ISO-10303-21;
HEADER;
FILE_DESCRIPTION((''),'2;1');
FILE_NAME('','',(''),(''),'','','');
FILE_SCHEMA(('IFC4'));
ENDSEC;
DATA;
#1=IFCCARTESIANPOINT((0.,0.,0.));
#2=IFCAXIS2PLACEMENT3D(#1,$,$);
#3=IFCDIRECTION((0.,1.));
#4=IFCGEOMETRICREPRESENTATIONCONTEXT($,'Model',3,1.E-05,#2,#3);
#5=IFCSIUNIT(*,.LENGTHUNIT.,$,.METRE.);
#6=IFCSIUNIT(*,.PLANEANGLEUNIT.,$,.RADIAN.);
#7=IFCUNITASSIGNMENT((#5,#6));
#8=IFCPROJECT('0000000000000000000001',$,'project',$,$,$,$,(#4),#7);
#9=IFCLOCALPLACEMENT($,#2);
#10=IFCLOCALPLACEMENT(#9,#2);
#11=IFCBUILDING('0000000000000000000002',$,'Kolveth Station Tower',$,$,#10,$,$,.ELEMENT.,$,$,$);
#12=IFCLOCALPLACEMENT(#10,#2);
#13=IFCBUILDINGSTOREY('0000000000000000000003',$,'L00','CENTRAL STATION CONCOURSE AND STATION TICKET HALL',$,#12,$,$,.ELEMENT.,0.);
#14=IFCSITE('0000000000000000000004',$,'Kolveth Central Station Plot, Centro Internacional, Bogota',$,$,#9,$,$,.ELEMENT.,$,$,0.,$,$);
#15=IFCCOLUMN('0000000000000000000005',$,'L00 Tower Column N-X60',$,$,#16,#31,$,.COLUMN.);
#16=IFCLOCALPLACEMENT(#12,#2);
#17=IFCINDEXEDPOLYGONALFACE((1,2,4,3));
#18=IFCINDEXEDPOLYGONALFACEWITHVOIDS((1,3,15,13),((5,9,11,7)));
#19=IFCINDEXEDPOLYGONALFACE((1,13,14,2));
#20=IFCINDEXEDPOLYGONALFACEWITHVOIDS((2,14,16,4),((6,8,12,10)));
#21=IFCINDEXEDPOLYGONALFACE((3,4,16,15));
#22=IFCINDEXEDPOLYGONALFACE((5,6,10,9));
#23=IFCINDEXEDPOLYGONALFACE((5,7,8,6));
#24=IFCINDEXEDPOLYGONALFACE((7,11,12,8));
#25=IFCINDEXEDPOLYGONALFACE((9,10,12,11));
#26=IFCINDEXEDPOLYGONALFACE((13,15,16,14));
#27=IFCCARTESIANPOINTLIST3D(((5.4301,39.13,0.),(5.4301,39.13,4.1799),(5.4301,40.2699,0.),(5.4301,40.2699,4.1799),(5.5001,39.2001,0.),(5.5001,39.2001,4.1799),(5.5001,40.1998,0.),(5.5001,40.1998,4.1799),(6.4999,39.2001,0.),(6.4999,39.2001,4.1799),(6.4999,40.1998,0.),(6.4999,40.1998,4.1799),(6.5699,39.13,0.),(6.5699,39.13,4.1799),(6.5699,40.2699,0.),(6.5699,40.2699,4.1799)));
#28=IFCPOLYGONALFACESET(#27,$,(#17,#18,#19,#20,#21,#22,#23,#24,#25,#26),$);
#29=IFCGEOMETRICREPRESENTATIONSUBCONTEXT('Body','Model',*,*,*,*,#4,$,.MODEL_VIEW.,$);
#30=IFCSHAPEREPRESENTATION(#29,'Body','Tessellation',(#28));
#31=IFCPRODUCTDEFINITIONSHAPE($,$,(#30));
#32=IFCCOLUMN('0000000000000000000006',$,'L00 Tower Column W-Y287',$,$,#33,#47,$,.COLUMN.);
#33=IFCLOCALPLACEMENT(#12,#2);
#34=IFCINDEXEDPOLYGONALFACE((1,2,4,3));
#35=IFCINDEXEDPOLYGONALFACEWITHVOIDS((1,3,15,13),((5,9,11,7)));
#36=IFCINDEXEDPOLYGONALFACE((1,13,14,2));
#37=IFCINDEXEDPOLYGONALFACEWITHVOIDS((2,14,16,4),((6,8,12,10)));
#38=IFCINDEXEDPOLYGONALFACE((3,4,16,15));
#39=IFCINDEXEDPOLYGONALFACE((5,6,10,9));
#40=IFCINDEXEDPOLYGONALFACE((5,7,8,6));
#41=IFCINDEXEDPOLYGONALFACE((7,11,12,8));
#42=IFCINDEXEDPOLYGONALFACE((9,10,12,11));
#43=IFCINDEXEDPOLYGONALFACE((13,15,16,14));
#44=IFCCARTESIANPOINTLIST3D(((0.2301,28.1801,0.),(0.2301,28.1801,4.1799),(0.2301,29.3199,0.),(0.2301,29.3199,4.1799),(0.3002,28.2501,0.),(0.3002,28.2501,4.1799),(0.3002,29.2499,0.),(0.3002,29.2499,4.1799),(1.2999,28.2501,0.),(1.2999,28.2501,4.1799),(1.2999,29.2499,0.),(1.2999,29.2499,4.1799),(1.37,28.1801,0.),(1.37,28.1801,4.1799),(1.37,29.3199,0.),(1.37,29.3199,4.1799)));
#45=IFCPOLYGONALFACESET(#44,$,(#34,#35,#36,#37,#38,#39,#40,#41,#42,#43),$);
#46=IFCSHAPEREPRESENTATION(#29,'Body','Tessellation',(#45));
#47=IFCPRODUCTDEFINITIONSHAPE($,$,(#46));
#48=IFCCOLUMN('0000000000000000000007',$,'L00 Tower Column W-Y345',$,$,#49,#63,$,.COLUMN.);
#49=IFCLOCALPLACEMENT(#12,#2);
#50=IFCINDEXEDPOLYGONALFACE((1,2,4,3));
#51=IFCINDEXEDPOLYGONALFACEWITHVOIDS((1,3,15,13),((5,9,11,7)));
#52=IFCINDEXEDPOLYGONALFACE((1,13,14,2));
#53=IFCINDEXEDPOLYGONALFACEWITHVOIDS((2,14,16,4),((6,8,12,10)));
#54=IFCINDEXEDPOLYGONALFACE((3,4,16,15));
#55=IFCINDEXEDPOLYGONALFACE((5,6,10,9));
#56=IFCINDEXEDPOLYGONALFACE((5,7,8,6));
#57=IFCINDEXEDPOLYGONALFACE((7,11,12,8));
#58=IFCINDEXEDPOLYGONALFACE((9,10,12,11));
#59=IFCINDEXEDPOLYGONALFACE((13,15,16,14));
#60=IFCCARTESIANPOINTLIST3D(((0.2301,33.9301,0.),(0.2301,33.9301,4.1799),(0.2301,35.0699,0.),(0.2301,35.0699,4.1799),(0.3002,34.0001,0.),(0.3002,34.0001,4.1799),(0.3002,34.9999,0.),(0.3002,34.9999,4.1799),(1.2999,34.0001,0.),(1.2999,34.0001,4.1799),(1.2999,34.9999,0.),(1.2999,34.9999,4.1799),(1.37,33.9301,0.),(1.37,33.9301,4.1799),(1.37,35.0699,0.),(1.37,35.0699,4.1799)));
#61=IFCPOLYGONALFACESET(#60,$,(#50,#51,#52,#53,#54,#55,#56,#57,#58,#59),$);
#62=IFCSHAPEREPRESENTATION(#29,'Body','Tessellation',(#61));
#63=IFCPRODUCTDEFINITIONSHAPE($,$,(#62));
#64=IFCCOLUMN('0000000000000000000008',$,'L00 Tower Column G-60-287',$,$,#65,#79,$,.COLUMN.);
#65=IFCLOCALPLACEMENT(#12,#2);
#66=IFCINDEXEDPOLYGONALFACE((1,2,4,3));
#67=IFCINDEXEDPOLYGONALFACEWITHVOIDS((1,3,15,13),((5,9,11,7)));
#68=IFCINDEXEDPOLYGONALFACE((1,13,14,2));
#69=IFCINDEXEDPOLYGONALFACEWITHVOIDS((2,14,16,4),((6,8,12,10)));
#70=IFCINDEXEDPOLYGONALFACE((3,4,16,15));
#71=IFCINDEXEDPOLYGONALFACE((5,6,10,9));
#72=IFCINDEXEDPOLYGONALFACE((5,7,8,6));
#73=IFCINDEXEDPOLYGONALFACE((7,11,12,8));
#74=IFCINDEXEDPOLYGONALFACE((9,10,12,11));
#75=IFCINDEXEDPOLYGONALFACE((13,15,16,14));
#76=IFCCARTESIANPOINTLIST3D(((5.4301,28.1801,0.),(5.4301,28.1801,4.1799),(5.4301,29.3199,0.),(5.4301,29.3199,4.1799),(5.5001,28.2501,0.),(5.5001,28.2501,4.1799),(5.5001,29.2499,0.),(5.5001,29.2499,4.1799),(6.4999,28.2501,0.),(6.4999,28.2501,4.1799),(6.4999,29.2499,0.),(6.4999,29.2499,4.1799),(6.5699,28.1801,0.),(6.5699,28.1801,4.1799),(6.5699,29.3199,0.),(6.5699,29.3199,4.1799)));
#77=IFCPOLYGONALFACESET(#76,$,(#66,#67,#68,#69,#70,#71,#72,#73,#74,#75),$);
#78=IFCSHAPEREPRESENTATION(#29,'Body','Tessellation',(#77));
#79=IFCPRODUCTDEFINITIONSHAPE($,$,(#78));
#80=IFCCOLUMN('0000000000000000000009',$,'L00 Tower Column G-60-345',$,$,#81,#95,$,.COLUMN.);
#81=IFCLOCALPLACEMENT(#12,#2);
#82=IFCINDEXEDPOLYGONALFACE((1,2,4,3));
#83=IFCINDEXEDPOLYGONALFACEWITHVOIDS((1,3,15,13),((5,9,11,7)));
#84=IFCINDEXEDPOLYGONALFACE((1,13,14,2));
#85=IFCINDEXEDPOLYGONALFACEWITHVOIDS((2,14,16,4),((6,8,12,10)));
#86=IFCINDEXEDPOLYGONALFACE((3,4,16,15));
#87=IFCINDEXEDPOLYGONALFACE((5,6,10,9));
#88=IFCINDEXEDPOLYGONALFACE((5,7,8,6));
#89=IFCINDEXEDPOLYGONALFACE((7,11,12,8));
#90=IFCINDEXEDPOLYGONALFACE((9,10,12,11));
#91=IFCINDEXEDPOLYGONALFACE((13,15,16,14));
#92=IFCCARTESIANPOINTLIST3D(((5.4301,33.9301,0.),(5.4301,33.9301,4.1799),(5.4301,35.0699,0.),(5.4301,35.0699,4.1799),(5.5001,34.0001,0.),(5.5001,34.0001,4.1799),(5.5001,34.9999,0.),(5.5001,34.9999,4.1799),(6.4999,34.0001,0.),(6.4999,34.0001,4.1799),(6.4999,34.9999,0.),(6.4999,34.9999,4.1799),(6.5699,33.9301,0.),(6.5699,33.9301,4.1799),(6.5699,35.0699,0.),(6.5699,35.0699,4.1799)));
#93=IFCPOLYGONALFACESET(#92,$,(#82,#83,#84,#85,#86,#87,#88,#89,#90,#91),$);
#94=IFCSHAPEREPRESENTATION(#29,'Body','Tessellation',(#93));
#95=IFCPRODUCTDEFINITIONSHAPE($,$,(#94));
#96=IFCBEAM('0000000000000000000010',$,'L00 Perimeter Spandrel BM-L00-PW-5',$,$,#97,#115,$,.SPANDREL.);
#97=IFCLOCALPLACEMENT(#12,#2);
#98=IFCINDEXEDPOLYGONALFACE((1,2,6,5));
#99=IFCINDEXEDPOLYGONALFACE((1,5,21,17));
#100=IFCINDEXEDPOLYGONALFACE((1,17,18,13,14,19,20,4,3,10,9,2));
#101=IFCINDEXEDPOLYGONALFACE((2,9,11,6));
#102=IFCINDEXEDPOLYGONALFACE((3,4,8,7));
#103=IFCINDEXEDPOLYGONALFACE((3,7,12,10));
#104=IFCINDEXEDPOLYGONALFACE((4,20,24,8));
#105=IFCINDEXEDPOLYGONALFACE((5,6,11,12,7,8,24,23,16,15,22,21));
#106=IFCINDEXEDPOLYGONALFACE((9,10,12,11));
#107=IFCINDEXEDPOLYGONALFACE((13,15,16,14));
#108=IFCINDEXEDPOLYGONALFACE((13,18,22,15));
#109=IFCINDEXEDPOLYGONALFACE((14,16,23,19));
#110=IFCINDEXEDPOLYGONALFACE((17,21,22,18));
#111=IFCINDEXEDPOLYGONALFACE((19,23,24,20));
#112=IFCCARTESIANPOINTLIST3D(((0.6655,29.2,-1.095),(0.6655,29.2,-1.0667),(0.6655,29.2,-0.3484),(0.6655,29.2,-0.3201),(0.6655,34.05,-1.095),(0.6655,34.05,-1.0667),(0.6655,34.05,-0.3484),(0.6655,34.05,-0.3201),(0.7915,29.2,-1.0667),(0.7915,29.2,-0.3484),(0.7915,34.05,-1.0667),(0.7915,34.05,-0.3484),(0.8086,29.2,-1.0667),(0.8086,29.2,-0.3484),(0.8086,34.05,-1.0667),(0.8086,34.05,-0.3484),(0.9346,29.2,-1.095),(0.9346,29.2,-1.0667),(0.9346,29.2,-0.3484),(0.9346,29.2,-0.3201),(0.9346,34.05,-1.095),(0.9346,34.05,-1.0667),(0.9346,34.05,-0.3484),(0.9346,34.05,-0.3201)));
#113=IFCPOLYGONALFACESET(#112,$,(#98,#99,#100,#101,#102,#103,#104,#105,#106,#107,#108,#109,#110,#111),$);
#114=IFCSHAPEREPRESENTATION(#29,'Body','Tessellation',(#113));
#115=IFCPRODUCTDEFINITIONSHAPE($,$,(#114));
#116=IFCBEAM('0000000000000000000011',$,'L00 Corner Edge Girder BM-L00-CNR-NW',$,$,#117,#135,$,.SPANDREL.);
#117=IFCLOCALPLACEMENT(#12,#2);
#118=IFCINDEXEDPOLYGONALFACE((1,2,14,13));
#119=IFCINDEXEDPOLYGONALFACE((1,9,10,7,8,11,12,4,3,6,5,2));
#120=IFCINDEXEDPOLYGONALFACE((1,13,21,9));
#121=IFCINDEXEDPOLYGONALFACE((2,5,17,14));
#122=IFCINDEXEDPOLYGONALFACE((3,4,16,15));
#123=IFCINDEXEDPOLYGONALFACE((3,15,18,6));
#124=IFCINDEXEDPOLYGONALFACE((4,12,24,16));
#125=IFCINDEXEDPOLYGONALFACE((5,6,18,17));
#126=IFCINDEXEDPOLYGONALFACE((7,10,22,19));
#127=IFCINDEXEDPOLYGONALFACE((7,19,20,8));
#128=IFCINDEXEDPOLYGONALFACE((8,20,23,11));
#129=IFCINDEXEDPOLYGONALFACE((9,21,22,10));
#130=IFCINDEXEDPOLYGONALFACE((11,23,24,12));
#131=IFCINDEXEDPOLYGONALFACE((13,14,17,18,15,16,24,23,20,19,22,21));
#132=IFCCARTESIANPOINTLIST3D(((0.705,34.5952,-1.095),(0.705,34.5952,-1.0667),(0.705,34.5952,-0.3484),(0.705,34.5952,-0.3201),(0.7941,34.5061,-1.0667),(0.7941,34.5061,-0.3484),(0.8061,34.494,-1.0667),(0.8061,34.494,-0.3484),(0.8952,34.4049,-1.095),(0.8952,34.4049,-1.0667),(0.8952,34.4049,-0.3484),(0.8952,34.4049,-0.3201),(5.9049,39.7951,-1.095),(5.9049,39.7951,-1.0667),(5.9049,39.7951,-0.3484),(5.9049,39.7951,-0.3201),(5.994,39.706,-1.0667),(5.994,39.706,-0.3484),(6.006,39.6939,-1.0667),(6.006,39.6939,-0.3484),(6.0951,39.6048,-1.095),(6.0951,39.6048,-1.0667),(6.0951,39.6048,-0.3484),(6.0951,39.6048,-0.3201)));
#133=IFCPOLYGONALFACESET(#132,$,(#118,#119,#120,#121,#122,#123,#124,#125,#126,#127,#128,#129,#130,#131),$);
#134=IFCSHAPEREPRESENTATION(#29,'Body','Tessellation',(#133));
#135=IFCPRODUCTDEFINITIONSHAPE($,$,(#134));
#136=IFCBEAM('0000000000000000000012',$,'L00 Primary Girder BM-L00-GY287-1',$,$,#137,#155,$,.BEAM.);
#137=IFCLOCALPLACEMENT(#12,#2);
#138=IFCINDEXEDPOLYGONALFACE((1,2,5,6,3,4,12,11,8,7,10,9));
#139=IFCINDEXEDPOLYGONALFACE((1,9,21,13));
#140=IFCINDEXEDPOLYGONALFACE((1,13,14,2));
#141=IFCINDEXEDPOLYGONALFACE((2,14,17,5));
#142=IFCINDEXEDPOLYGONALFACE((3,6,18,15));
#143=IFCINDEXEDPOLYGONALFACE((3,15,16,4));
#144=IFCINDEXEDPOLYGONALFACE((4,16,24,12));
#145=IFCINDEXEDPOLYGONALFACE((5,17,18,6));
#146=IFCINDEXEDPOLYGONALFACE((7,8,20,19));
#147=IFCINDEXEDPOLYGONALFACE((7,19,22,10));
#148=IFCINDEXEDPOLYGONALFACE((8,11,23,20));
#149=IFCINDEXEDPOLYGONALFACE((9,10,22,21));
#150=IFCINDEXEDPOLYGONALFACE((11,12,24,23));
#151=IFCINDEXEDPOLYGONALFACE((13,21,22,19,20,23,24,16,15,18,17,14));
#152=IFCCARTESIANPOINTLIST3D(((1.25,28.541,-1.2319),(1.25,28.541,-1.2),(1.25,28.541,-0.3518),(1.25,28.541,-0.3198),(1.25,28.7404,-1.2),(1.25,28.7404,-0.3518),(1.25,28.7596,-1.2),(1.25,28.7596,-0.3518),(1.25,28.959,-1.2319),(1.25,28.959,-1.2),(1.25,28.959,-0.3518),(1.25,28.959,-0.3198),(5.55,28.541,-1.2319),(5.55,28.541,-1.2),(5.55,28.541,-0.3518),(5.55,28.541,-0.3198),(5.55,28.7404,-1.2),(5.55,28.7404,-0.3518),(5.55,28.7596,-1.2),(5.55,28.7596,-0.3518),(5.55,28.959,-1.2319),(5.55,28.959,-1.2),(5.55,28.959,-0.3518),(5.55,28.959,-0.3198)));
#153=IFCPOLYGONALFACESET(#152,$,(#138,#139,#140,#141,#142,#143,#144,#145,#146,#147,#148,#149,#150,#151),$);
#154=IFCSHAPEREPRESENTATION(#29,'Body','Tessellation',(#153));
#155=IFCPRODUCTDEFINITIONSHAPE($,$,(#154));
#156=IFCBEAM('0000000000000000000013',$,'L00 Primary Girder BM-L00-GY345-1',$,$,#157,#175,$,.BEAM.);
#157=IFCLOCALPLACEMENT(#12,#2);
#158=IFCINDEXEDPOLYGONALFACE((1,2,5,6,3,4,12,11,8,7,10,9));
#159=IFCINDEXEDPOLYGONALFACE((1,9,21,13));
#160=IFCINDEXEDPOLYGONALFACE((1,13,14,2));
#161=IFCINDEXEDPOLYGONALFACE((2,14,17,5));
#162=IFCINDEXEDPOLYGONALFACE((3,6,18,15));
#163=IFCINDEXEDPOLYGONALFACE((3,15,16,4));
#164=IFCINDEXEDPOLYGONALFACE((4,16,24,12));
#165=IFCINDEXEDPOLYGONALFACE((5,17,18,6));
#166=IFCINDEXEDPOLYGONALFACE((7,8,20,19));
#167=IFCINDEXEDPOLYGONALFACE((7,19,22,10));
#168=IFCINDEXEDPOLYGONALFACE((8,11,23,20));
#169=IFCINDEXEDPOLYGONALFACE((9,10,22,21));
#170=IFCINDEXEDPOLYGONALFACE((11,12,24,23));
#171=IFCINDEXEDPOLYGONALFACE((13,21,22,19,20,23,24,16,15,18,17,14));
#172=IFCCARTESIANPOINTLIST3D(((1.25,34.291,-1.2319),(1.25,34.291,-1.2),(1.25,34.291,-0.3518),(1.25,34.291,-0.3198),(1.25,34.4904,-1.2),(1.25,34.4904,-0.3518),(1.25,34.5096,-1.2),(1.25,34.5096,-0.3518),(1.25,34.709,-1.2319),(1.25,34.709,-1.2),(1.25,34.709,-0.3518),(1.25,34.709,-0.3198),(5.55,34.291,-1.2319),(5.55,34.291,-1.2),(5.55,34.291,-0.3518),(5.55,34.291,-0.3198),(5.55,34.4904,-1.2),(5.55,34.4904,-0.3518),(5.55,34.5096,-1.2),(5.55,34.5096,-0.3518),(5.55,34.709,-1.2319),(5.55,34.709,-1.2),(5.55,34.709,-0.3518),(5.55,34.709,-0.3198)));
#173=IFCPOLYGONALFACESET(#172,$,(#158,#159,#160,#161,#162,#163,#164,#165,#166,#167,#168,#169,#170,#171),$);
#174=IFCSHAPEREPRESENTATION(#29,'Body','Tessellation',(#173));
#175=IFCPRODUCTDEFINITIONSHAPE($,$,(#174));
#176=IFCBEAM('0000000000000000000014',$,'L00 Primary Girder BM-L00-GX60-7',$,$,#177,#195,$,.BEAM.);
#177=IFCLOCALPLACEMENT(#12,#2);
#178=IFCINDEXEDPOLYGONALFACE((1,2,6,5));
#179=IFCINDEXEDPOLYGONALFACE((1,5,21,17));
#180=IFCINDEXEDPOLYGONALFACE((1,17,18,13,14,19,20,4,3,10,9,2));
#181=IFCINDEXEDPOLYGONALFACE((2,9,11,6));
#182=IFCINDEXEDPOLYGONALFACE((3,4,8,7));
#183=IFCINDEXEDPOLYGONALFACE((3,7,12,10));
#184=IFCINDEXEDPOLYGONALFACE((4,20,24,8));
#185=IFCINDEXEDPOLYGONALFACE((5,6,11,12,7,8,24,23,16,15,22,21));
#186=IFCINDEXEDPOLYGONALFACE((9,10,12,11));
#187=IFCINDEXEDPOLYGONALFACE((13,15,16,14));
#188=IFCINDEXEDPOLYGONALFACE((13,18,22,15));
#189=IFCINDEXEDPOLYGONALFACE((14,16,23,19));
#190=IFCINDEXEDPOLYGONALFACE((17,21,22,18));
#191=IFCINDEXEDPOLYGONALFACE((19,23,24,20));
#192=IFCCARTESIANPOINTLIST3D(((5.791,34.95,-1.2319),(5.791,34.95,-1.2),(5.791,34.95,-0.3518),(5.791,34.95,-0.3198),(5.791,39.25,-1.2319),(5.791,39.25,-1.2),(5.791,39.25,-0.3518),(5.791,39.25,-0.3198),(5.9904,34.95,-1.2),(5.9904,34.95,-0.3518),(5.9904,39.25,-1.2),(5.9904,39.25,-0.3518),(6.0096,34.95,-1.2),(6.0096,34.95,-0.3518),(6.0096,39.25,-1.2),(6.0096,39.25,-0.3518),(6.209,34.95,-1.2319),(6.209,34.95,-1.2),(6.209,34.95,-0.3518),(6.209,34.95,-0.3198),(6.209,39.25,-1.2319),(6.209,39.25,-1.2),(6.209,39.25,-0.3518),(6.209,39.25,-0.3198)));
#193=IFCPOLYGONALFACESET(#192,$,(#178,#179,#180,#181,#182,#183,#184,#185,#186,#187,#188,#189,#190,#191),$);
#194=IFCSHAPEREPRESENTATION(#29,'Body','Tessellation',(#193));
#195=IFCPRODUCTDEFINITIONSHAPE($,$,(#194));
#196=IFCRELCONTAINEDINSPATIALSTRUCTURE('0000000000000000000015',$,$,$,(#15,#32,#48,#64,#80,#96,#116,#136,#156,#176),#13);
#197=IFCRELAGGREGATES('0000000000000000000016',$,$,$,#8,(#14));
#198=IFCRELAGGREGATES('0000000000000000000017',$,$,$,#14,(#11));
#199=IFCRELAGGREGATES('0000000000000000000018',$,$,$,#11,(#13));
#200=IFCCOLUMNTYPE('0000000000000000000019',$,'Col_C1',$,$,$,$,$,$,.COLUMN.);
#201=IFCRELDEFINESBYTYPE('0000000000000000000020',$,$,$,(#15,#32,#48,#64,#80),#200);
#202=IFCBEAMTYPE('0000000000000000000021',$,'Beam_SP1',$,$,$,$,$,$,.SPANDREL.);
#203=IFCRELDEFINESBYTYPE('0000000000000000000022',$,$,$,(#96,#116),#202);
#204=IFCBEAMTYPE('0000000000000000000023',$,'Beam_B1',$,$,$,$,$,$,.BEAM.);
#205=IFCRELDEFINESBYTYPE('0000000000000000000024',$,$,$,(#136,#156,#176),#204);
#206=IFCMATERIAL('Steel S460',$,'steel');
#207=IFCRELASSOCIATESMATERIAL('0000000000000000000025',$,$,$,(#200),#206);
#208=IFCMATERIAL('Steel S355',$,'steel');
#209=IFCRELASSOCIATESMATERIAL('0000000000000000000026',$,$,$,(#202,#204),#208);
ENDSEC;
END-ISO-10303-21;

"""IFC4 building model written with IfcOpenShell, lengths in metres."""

from ifc_helpers import new_model, si_unit, direction, frame, origin, origin_2d, place, context, subcontext, project, spatial, hollow_rectangle, i_section, extrude, source, transform, mapped, material, material_profile, profile_set, type_object, element, save


model = new_model("IFC4")

# Units and contexts
model_context = context("Model", 3, precision=1e-05, world=origin(), true_north=direction((0.0, 1.0)))
body_context = subcontext(model_context, "Body", "Model", "MODEL_VIEW")
ifc_project = project(units=[si_unit("LENGTHUNIT", "METRE"), si_unit("PLANEANGLEUNIT", "RADIAN")], contexts=[model_context])

# Site, building, storey
site_placement = place(None, origin())
site = spatial("IfcSite", under=ifc_project, at=site_placement, Name="Kolveth Central Station Plot, Centro Internacional, Bogota", CompositionType="ELEMENT", RefElevation=0.0)
building_placement = place(site_placement, origin())
building = spatial("IfcBuilding", under=site, at=building_placement, Name="Kolveth Station Tower", CompositionType="ELEMENT")
storey_placement = place(building_placement, origin())
storey = spatial("IfcBuildingStorey", under=building, at=storey_placement, Name="L00", Description="CENTRAL STATION CONCOURSE AND STATION TICKET HALL", CompositionType="ELEMENT", Elevation=0.0)

# Columns
ifc_material_1 = material(Name="Steel S460", Category="steel")
ifc_material_profile_1 = material_profile(ifc_material_1, hollow_rectangle(XDim=1.1399, YDim=1.1399, WallThickness=0.0701, at=origin_2d()), Name="BOX1140x1140x70")
ifc_profile_set_1 = profile_set([ifc_material_profile_1], Name="Steel S460")
column_type = type_object("IfcColumnType", Name="Col_C1", PredefinedType="COLUMN", material=ifc_profile_set_1)
shared_shape_1 = source(origin(), body_context, "Body", "SweptSolid", [
    extrude(hollow_rectangle(XDim=1.1399, YDim=1.1399, WallThickness=0.0701, at=origin_2d()), origin(), (0.0, 0.0, 1.0), 4.1799),
])
for number, where, z_axis, x_axis, name in (
    (1, (6.0, 39.7, 0.0), (0.0, 0.0, 1.0), (1.0, 0.0, 0.0), "L00 Tower Column N-X60"),
    (2, (0.8, 28.75, 0.0), (0.0, 0.0, 1.0), (1.0, 0.0, 0.0), "L00 Tower Column W-Y287"),
    (3, (0.8, 34.5, 0.0), (0.0, 0.0, 1.0), (1.0, 0.0, 0.0), "L00 Tower Column W-Y345"),
    (4, (6.0, 28.75, 0.0), (0.0, 0.0, 1.0), (1.0, 0.0, 0.0), "L00 Tower Column G-60-287"),
    (5, (6.0, 34.5, 0.0), (0.0, 0.0, 1.0), (1.0, 0.0, 0.0), "L00 Tower Column G-60-345"),
):
    element("IfcColumn", number, at=place(storey_placement, frame(where, z_axis=z_axis, x_axis=x_axis)), inside=storey, type_object=column_type, Name=name, PredefinedType="COLUMN", context=body_context, shape_type="MappedRepresentation", body=[
        mapped(shared_shape_1, transform((0.0, 0.0, 0.0), x_axis=(1.0, 0.0, 0.0), y_axis=(0.0, 1.0, 0.0), z_axis=(0.0, 0.0, 1.0), scale=1.0)),
    ])

# Beams
ifc_material_2 = material(Name="Steel S355", Category="steel")
ifc_material_profile_2 = material_profile(ifc_material_2, i_section(OverallWidth=0.269, OverallDepth=0.7749, WebThickness=0.0171, FlangeThickness=0.0283, at=origin_2d()), Name="W760x220")
ifc_profile_set_2 = profile_set([ifc_material_profile_2], Name="Steel S355")
beam_type_1 = type_object("IfcBeamType", Name="Beam_SP1", PredefinedType="SPANDREL", material=ifc_profile_set_2)
shared_shape_2 = source(origin(), body_context, "Body", "SweptSolid", [
    extrude(i_section(OverallWidth=0.269, OverallDepth=0.7749, WebThickness=0.0171, FlangeThickness=0.0283, at=origin_2d()), origin(), (0.0, 0.0, 1.0), 4.8501),
])
beam_1_placement = place(storey_placement, frame((0.8, 29.2, -0.7075), z_axis=(0.0, 1.0, 0.0), x_axis=(-1.0, 0.0, 0.0)))
element("IfcBeam", 6, at=beam_1_placement, inside=storey, type_object=beam_type_1, Name="L00 Perimeter Spandrel BM-L00-PW-5", PredefinedType="SPANDREL", context=body_context, shape_type="MappedRepresentation", body=[
    mapped(shared_shape_2, transform((0.0, 0.0, 0.0), x_axis=(1.0, 0.0, 0.0), y_axis=(0.0, 1.0, 0.0), z_axis=(0.0, 0.0, 1.0), scale=1.0)),
])
shared_shape_3 = source(origin(), body_context, "Body", "SweptSolid", [
    extrude(i_section(OverallWidth=0.269, OverallDepth=0.7749, WebThickness=0.0171, FlangeThickness=0.0283, at=origin_2d()), origin(), (0.0, 0.0, 1.0), 7.3538),
])
beam_2_placement = place(storey_placement, frame((6.0, 39.7, -0.7075), z_axis=(-0.707107, -0.707107, 0.0), x_axis=(0.707107, -0.707107, 0.0)))
element("IfcBeam", 7, at=beam_2_placement, inside=storey, type_object=beam_type_1, Name="L00 Corner Edge Girder BM-L00-CNR-NW", PredefinedType="SPANDREL", context=body_context, shape_type="MappedRepresentation", body=[
    mapped(shared_shape_3, transform((0.0, 0.0, 0.0), x_axis=(1.0, 0.0, 0.0), y_axis=(0.0, 1.0, 0.0), z_axis=(0.0, 0.0, 1.0), scale=1.0)),
])
ifc_material_profile_3 = material_profile(ifc_material_2, i_section(OverallWidth=0.418, OverallDepth=0.9121, WebThickness=0.0193, FlangeThickness=0.032, at=origin_2d()), Name="W920x342")
ifc_profile_set_3 = profile_set([ifc_material_profile_3], Name="Steel S355")
beam_type_2 = type_object("IfcBeamType", Name="Beam_B1", PredefinedType="BEAM", material=ifc_profile_set_3)
shared_shape_4 = source(origin(), body_context, "Body", "SweptSolid", [
    extrude(i_section(OverallWidth=0.418, OverallDepth=0.9121, WebThickness=0.0193, FlangeThickness=0.032, at=origin_2d()), origin(), (0.0, 0.0, 1.0), 4.3),
])
for number, where, z_axis, x_axis, name in (
    (8, (1.25, 28.75, -0.7759), (1.0, 0.0, 0.0), (0.0, 1.0, 0.0), "L00 Primary Girder BM-L00-GY287-1"),
    (9, (1.25, 34.5, -0.7759), (1.0, 0.0, 0.0), (0.0, 1.0, 0.0), "L00 Primary Girder BM-L00-GY345-1"),
    (10, (6.0, 34.95, -0.7759), (0.0, 1.0, 0.0), (-1.0, 0.0, 0.0), "L00 Primary Girder BM-L00-GX60-7"),
):
    element("IfcBeam", number, at=place(storey_placement, frame(where, z_axis=z_axis, x_axis=x_axis)), inside=storey, type_object=beam_type_2, Name=name, PredefinedType="BEAM", context=body_context, shape_type="MappedRepresentation", body=[
        mapped(shared_shape_4, transform((0.0, 0.0, 0.0), x_axis=(1.0, 0.0, 0.0), y_axis=(0.0, 1.0, 0.0), z_axis=(0.0, 0.0, 1.0), scale=1.0)),
    ])

save(model, "model.ifc")
